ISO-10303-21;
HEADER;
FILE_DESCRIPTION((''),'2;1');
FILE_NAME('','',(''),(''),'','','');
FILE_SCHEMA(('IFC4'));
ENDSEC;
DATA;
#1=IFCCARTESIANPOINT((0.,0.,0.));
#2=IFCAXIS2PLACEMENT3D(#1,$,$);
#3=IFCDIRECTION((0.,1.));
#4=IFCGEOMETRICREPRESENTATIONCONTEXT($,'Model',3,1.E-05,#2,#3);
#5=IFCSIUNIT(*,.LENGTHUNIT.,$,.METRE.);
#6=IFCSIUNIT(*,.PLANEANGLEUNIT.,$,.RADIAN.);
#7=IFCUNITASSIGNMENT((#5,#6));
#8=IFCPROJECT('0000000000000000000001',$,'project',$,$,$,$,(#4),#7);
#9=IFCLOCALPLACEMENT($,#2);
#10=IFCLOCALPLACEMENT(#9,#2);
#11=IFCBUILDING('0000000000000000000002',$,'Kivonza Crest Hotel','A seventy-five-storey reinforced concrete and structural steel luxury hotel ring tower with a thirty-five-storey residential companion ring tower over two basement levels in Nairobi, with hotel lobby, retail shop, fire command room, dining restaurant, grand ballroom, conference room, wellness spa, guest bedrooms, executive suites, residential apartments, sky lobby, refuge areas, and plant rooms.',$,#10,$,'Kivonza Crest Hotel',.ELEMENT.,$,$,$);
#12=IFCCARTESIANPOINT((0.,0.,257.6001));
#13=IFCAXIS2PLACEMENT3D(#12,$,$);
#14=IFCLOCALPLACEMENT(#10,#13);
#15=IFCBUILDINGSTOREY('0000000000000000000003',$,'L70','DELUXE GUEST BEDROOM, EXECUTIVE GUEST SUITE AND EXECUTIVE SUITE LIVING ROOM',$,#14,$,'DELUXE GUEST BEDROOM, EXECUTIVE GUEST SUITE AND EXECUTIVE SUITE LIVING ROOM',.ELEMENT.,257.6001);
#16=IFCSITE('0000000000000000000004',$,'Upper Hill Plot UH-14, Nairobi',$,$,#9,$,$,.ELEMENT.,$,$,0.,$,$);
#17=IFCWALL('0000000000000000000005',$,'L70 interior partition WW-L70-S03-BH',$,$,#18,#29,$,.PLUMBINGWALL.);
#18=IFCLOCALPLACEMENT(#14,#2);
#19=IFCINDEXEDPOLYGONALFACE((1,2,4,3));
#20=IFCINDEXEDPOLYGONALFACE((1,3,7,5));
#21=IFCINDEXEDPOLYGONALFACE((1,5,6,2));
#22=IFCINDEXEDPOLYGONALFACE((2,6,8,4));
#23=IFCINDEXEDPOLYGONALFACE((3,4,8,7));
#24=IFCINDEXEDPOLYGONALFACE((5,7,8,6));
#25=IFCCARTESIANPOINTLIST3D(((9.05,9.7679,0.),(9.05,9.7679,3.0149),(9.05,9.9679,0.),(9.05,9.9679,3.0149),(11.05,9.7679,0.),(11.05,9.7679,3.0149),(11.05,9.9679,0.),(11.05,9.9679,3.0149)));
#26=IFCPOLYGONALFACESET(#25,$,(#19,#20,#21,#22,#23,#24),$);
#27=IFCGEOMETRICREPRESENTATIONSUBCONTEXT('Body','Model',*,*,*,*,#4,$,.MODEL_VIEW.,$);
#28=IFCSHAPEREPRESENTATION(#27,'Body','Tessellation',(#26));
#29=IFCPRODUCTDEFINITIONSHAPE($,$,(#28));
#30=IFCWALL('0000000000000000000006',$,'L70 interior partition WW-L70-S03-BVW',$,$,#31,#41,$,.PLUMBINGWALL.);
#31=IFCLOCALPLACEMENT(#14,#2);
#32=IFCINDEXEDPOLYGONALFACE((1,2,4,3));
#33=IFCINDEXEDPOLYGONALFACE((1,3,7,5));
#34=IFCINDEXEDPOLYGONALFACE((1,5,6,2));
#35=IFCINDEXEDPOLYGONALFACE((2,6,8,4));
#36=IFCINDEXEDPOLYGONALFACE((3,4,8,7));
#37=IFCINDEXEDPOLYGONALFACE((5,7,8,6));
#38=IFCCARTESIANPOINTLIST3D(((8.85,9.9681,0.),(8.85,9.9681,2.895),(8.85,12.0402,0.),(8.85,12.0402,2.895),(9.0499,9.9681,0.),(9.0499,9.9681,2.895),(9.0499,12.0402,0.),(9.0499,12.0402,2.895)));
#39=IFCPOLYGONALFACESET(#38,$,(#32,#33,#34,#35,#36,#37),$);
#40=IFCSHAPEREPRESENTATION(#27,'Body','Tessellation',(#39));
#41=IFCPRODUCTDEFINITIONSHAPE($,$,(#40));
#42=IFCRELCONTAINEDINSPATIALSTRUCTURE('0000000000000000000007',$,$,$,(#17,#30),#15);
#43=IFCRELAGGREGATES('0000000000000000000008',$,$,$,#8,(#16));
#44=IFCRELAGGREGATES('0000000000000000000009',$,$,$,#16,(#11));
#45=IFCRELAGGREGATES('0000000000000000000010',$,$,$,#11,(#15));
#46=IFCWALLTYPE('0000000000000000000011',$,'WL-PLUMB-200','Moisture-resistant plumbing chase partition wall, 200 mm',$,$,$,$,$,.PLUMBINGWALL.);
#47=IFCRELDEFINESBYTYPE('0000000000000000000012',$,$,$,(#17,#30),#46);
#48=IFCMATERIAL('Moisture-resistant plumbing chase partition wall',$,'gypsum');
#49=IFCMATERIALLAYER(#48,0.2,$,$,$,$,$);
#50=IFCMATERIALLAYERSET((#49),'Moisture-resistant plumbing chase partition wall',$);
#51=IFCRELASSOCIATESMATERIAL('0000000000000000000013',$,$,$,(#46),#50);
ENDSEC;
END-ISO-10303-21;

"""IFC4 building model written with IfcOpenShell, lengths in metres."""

from ifc_helpers import new_model, si_unit, direction, frame, frame_2d, origin, place, context, subcontext, project, spatial, rectangle, extrude, material, layer, layer_set, type_object, element, save


model = new_model("IFC4")

# Units and contexts
model_context = context("Model", 3, precision=1e-05, world=origin(), true_north=direction((0.0, 1.0)))
body_context = subcontext(model_context, "Body", "Model", "MODEL_VIEW")
ifc_project = project(units=[si_unit("LENGTHUNIT", "METRE"), si_unit("PLANEANGLEUNIT", "RADIAN")], contexts=[model_context])

# Site, building, storey
site_placement = place(None, origin())
site = spatial("IfcSite", under=ifc_project, at=site_placement, Name="Upper Hill Plot UH-14, Nairobi", CompositionType="ELEMENT", RefElevation=0.0)
building_placement = place(site_placement, origin())
building = spatial("IfcBuilding", under=site, at=building_placement, Name="Kivonza Crest Hotel", Description="A seventy-five-storey reinforced concrete and structural steel luxury hotel ring tower with a thirty-five-storey residential companion ring tower over two basement levels in Nairobi, with hotel lobby, retail shop, fire command room, dining restaurant, grand ballroom, conference room, wellness spa, guest bedrooms, executive suites, residential apartments, sky lobby, refuge areas, and plant rooms.", LongName="Kivonza Crest Hotel", CompositionType="ELEMENT")
storey_placement = place(building_placement, frame((0.0, 0.0, 257.6001)))
storey = spatial("IfcBuildingStorey", under=building, at=storey_placement, Name="L70", Description="DELUXE GUEST BEDROOM, EXECUTIVE GUEST SUITE AND EXECUTIVE SUITE LIVING ROOM", LongName="DELUXE GUEST BEDROOM, EXECUTIVE GUEST SUITE AND EXECUTIVE SUITE LIVING ROOM", CompositionType="ELEMENT", Elevation=257.6001)

# Shared definitions
ifc_material_1 = material(Name="Moisture-resistant plumbing chase partition wall", Category="gypsum")
ifc_layer_1 = layer(ifc_material_1, 0.2)
ifc_layer_set_1 = layer_set([ifc_layer_1], Name="Moisture-resistant plumbing chase partition wall")
wall_type_1 = type_object("IfcWallType", Name="WL-PLUMB-200", Description="Moisture-resistant plumbing chase partition wall, 200 mm", PredefinedType="PLUMBINGWALL", material=ifc_layer_set_1)

# Walls
wall_1_placement = place(storey_placement, frame((9.05, 9.8679, 0.0), z_axis=(0.0, 0.0, 1.0), x_axis=(1.0, 0.0, 0.0)))
element("IfcWall", 1, at=wall_1_placement, inside=storey, type_object=wall_type_1, Name="L70 interior partition WW-L70-S03-BH", PredefinedType="PLUMBINGWALL", context=body_context, shape_type="SweptSolid", body=[
    extrude(rectangle(XDim=2.0, YDim=0.2, at=frame_2d((1.0, 0.0))), origin(), (0.0, 0.0, 1.0), 3.0149),
])
wall_2_placement = place(storey_placement, frame((8.95, 9.968, 0.0), z_axis=(0.0, 0.0, 1.0), x_axis=(0.0, 1.0, 0.0)))
element("IfcWall", 2, at=wall_2_placement, inside=storey, type_object=wall_type_1, Name="L70 interior partition WW-L70-S03-BVW", PredefinedType="PLUMBINGWALL", context=body_context, shape_type="SweptSolid", body=[
    extrude(rectangle(XDim=2.072, YDim=0.2, at=frame_2d((1.0361, 0.0))), origin(), (0.0, 0.0, 1.0), 2.895),
])

save(model, "model.ifc")
